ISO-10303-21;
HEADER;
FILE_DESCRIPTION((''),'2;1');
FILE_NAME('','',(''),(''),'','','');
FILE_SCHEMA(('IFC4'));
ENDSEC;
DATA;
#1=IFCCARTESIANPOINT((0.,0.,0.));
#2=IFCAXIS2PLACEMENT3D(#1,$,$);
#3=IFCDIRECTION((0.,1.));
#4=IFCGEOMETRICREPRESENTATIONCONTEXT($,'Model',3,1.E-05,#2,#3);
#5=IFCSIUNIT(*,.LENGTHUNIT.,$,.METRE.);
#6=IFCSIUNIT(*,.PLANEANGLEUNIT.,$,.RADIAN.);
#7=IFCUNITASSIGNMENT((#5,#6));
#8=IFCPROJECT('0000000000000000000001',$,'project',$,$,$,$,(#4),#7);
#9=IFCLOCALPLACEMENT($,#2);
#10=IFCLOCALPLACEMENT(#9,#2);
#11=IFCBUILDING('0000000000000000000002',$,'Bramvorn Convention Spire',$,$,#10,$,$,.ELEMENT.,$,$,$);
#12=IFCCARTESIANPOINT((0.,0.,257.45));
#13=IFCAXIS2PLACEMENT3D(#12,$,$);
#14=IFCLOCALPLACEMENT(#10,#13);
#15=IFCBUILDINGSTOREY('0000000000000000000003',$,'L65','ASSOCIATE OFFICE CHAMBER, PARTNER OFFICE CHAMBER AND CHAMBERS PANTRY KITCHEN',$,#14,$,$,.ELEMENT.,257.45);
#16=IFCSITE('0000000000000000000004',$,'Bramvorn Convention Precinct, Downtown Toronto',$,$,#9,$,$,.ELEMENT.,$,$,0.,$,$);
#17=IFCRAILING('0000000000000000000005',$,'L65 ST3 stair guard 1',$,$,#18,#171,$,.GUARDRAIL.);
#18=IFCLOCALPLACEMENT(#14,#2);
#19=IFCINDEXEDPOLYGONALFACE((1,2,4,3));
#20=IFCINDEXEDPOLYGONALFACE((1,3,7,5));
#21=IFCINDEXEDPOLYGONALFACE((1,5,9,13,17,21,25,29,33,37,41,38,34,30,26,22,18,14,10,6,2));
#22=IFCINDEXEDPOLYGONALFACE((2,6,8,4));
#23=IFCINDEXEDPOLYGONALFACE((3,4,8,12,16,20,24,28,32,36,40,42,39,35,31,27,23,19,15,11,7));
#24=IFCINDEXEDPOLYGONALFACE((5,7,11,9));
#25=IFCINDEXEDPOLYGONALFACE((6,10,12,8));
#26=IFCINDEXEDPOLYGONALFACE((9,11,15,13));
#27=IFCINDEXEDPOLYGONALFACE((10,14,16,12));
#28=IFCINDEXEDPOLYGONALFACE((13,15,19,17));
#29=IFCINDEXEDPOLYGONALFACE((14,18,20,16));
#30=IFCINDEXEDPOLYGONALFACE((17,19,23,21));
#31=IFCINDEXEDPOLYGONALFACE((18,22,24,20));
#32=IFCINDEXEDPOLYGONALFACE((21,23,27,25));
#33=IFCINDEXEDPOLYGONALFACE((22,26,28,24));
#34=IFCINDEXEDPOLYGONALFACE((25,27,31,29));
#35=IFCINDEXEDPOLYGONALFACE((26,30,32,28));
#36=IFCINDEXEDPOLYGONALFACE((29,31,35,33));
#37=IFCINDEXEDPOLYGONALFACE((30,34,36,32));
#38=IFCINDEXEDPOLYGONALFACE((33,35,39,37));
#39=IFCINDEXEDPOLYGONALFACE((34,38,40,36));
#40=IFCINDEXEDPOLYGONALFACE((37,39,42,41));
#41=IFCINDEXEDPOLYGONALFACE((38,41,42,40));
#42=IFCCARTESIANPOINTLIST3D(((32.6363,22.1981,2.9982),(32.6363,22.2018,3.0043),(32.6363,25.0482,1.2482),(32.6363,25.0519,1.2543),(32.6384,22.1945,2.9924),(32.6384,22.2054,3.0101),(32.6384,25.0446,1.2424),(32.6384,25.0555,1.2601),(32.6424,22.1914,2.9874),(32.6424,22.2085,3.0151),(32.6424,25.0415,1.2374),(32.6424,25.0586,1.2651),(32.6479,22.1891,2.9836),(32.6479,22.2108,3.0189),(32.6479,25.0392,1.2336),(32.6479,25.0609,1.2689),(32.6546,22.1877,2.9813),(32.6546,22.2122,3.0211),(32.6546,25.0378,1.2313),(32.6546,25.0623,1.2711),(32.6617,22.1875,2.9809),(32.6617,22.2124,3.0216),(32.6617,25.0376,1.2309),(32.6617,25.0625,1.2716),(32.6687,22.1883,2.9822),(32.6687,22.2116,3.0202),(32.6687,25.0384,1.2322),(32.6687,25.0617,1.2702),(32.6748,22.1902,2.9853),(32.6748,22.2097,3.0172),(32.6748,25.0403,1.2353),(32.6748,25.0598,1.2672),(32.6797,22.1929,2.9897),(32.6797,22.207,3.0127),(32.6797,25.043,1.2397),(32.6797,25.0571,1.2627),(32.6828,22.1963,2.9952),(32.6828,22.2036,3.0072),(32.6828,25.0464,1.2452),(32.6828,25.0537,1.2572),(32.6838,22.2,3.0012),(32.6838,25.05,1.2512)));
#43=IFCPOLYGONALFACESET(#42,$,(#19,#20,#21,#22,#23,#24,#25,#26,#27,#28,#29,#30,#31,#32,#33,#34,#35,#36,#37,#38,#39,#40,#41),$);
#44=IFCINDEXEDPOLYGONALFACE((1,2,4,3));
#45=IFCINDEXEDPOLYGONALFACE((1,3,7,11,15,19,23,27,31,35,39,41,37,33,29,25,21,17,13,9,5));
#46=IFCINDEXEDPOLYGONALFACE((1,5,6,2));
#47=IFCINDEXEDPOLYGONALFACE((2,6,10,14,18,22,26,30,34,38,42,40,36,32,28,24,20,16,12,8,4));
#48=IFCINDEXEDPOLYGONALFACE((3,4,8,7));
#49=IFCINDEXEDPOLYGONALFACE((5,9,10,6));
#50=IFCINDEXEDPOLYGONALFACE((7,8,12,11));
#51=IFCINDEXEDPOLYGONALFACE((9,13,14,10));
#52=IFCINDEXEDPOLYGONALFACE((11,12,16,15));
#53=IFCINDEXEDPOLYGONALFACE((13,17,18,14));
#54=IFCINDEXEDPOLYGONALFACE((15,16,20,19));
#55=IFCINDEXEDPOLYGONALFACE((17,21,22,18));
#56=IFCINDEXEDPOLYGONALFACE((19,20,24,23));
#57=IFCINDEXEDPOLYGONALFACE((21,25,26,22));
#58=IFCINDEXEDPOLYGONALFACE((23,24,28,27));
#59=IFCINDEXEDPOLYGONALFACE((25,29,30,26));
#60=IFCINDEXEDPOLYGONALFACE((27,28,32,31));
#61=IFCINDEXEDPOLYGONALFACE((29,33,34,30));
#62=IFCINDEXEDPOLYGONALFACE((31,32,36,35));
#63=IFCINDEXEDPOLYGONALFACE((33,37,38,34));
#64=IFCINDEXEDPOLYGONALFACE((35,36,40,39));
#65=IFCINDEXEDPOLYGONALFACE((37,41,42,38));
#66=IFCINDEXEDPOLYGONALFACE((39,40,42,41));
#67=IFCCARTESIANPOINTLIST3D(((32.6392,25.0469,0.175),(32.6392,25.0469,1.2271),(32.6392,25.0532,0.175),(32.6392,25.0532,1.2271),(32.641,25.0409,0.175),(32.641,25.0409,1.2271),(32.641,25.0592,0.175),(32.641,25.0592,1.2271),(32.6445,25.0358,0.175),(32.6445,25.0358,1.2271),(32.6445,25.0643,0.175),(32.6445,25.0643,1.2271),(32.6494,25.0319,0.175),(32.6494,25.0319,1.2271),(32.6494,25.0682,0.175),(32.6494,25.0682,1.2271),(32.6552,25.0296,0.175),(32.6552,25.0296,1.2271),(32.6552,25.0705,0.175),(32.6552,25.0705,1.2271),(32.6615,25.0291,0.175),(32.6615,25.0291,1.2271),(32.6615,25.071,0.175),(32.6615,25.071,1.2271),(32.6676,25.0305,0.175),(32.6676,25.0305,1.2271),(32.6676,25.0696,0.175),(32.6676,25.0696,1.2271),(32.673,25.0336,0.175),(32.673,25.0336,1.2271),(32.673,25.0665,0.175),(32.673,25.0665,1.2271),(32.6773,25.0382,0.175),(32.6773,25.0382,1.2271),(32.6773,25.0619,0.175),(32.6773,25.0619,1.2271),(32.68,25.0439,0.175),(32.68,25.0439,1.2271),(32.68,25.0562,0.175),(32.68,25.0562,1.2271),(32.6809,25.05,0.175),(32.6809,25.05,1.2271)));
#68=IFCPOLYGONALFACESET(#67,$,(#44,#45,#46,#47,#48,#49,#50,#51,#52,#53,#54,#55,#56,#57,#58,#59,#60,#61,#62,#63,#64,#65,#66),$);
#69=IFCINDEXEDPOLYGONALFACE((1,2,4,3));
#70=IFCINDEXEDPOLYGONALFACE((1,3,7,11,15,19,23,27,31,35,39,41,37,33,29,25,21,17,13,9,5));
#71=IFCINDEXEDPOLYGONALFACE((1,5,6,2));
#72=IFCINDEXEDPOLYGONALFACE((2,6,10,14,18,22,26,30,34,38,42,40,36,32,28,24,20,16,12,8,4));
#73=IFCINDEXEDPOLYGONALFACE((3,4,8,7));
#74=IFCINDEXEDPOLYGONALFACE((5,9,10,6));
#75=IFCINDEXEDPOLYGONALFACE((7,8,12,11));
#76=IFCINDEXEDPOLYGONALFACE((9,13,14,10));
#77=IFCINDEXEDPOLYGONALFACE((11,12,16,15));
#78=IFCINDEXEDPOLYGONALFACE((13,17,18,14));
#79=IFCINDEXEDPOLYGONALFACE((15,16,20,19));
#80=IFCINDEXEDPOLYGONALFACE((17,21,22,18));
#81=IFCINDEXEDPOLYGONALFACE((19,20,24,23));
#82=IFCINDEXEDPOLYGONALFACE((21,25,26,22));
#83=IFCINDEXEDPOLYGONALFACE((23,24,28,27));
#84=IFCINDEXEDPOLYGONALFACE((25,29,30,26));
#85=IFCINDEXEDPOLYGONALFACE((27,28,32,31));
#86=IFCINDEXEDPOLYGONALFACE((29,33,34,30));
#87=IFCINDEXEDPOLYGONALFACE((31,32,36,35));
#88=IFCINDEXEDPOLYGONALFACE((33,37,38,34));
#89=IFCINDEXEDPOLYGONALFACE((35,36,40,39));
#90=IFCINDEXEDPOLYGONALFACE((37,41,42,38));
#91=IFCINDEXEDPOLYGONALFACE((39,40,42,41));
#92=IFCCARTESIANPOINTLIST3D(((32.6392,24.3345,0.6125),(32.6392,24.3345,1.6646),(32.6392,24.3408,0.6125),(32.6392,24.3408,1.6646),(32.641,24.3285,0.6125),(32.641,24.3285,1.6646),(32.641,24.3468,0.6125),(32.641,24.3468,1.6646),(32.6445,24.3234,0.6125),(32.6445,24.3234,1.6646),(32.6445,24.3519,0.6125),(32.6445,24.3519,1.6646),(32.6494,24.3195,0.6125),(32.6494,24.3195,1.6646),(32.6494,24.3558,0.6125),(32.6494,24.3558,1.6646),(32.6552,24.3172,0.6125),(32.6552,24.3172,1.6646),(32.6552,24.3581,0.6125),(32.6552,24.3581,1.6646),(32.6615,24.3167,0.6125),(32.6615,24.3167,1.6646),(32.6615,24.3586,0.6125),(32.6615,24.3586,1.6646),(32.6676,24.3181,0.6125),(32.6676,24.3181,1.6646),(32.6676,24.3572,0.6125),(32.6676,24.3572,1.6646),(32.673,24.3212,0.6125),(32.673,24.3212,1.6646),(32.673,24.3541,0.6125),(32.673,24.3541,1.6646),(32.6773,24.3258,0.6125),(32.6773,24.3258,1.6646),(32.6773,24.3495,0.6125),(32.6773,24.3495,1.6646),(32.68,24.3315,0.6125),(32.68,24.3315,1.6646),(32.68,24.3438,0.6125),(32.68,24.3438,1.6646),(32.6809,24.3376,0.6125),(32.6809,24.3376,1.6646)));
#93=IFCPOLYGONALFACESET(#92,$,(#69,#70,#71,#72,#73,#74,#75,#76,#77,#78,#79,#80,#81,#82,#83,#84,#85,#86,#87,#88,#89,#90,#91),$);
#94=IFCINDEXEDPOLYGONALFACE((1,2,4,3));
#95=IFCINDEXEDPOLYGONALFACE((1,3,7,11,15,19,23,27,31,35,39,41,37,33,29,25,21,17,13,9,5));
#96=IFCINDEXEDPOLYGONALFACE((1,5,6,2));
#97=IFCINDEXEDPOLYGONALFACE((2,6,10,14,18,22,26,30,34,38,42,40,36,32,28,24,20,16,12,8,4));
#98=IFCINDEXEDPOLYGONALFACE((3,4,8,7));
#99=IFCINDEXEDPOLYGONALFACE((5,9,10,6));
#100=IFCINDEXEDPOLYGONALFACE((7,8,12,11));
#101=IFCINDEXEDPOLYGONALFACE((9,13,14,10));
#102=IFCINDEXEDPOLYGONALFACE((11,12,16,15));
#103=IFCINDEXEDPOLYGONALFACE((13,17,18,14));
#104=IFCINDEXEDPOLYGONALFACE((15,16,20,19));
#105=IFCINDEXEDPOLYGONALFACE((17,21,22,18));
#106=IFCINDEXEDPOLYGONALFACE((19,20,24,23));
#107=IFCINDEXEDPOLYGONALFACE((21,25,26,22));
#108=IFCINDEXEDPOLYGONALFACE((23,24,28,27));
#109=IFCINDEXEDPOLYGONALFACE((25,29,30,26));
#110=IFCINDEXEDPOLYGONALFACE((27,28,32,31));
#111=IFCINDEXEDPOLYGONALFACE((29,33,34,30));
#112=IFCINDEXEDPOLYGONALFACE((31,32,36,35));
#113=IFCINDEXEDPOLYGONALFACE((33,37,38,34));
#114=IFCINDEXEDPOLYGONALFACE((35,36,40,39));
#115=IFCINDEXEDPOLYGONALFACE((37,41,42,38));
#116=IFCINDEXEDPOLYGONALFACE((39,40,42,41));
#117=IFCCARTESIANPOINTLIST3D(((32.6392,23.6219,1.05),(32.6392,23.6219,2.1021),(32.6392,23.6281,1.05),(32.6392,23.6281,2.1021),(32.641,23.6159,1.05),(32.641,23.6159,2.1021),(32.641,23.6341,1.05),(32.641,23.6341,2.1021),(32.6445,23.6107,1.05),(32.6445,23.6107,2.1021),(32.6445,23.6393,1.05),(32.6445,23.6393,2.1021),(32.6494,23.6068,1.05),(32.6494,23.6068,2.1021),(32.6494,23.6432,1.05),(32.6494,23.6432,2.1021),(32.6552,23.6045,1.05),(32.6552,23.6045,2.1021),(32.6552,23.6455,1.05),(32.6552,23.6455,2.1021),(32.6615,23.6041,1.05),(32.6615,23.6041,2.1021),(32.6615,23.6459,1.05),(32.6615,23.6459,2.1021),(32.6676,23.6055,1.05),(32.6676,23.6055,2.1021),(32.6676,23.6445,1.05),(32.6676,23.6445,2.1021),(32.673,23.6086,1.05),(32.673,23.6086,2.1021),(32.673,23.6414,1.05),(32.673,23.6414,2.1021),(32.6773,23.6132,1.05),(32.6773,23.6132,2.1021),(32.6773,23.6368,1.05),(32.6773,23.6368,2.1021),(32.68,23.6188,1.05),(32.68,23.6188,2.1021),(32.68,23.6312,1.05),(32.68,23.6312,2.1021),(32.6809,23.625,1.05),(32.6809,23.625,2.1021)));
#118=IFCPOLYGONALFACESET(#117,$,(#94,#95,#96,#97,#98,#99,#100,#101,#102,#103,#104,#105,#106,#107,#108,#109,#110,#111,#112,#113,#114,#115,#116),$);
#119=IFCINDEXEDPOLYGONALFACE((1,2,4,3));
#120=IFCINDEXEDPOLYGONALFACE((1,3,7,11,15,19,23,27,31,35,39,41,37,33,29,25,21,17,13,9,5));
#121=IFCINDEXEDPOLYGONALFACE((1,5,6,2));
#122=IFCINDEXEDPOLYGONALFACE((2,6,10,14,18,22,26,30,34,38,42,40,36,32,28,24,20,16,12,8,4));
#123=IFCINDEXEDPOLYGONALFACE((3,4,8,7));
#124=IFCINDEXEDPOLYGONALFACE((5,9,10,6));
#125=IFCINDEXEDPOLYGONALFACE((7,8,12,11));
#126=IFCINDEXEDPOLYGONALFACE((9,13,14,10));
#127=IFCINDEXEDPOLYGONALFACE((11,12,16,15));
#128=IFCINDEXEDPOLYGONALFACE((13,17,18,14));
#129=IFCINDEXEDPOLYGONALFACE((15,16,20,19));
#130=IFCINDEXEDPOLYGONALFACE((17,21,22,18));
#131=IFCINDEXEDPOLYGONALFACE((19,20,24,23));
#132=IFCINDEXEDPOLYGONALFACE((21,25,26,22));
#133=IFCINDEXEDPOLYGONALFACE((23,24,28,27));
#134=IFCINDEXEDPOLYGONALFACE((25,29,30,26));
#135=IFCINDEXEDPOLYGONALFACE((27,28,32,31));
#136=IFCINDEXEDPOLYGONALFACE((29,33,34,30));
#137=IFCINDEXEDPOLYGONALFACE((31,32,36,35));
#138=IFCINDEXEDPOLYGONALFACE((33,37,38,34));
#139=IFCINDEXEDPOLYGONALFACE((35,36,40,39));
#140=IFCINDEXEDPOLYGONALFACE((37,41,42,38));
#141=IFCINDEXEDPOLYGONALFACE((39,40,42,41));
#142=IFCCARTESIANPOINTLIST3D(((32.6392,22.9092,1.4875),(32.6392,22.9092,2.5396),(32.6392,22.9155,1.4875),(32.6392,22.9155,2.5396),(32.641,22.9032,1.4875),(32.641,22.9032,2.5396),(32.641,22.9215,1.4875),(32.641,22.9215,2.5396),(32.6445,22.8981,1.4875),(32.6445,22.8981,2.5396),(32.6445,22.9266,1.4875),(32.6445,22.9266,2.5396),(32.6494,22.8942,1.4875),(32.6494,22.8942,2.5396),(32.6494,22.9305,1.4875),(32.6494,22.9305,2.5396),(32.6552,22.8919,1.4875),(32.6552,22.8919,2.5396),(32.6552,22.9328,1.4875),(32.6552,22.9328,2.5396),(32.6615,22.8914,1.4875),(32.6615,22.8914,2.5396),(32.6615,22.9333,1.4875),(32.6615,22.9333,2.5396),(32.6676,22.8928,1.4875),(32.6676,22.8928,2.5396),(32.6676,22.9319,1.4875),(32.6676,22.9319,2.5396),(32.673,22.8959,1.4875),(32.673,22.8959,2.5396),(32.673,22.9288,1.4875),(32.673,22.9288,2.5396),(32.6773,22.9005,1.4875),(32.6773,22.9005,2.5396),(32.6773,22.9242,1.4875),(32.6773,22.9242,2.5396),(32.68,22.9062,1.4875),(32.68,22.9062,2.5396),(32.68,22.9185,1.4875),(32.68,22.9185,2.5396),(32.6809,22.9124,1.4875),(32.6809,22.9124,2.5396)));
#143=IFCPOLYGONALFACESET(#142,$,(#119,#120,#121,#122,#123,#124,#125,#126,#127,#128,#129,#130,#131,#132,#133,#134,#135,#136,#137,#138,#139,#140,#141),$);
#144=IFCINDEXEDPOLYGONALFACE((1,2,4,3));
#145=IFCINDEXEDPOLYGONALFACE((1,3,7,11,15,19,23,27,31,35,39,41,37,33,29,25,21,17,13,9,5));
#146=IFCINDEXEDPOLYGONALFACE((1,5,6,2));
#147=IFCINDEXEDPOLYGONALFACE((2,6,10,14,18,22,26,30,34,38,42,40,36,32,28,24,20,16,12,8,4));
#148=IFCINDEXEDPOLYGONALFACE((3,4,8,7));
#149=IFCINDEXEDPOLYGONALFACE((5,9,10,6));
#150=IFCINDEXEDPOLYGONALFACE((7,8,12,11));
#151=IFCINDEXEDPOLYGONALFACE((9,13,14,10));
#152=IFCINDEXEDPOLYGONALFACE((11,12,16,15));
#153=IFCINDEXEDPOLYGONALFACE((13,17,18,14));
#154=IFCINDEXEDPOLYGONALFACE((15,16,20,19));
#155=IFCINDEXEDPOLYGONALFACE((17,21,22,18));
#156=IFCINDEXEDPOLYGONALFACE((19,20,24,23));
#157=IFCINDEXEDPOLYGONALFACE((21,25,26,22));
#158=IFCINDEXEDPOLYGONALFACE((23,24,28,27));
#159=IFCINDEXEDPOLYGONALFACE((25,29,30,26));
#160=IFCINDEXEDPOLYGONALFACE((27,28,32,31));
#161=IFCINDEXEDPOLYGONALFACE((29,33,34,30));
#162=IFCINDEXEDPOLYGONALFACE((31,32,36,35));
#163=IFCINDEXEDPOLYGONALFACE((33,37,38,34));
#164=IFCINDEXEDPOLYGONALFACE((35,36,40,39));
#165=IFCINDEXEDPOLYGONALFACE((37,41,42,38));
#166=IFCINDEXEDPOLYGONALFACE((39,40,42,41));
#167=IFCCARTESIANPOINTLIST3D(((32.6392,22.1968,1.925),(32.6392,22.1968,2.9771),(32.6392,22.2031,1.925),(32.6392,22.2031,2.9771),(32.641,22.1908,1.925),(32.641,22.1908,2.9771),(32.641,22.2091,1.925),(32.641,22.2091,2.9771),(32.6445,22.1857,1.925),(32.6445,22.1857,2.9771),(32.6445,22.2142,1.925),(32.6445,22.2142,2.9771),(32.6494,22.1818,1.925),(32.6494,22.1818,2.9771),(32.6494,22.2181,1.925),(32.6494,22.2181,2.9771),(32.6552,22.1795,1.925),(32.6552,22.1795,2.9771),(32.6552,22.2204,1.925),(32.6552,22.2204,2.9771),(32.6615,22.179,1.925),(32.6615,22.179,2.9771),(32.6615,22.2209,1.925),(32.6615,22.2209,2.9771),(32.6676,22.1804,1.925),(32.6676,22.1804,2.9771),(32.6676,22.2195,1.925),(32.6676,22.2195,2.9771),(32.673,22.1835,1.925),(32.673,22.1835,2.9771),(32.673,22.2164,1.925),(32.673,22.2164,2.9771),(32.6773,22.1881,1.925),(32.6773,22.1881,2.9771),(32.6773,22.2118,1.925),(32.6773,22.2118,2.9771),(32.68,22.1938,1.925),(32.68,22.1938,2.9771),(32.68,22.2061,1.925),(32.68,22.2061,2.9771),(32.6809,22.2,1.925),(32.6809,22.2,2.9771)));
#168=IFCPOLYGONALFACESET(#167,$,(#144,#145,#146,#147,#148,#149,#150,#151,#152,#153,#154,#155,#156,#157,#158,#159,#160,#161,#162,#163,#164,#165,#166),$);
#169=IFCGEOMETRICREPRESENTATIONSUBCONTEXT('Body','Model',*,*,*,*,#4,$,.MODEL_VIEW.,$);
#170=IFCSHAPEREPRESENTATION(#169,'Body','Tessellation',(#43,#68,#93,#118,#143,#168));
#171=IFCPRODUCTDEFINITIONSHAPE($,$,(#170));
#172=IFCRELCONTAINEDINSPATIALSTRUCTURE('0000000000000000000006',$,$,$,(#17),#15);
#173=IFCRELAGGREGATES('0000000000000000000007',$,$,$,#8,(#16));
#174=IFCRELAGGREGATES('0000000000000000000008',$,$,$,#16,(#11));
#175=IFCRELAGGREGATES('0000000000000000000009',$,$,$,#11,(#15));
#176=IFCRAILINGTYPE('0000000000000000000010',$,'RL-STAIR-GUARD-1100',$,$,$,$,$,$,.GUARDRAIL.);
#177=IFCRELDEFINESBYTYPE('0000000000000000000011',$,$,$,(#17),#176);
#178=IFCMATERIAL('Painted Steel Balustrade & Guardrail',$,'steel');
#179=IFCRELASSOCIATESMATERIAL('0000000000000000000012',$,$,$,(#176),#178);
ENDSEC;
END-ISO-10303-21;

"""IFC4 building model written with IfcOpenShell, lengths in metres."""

from ifc_helpers import new_model, si_unit, direction, frame, origin, origin_2d, place, context, subcontext, project, spatial, circle, extrude, material, type_object, element, save


model = new_model("IFC4")

# Units and contexts
model_context = context("Model", 3, precision=1e-05, world=origin(), true_north=direction((0.0, 1.0)))
body_context = subcontext(model_context, "Body", "Model", "MODEL_VIEW")
ifc_project = project(units=[si_unit("LENGTHUNIT", "METRE"), si_unit("PLANEANGLEUNIT", "RADIAN")], contexts=[model_context])

# Site, building, storey
site_placement = place(None, origin())
site = spatial("IfcSite", under=ifc_project, at=site_placement, Name="Bramvorn Convention Precinct, Downtown Toronto", CompositionType="ELEMENT", RefElevation=0.0)
building_placement = place(site_placement, origin())
building = spatial("IfcBuilding", under=site, at=building_placement, Name="Bramvorn Convention Spire", CompositionType="ELEMENT")
storey_placement = place(building_placement, frame((0.0, 0.0, 257.45)))
storey = spatial("IfcBuildingStorey", under=building, at=storey_placement, Name="L65", Description="ASSOCIATE OFFICE CHAMBER, PARTNER OFFICE CHAMBER AND CHAMBERS PANTRY KITCHEN", CompositionType="ELEMENT", Elevation=257.45)

# Railing
ifc_material_1 = material(Name="Painted Steel Balustrade & Guardrail", Category="steel")
railing_type_1 = type_object("IfcRailingType", Name="RL-STAIR-GUARD-1100", PredefinedType="GUARDRAIL", material=ifc_material_1)
railing_1_placement = place(storey_placement, frame((32.6599, 25.05, 0.175)))
element("IfcRailing", 1, at=railing_1_placement, inside=storey, type_object=railing_type_1, Name="L65 ST3 stair guard 1", PredefinedType="GUARDRAIL", context=body_context, shape_type="SweptSolid", body=[
    extrude(circle(Radius=0.0239, at=origin_2d()), frame((0.0, 0.0, 1.0762), z_axis=(0.0, -0.852179, 0.52325), x_axis=(1.0, 0.0, 0.0)), (0.0, 0.0, 1.0), 3.3445),
    extrude(circle(Radius=0.021, at=origin_2d()), origin(), (0.0, 0.0, 1.0), 1.052),
    extrude(circle(Radius=0.021, at=origin_2d()), frame((0.0, -0.7124, 0.4375)), (0.0, 0.0, 1.0), 1.052),
    extrude(circle(Radius=0.021, at=origin_2d()), frame((0.0, -1.425, 0.875)), (0.0, 0.0, 1.0), 1.052),
    extrude(circle(Radius=0.021, at=origin_2d()), frame((0.0, -2.1377, 1.3125)), (0.0, 0.0, 1.0), 1.052),
    extrude(circle(Radius=0.021, at=origin_2d()), frame((0.0, -2.8501, 1.75)), (0.0, 0.0, 1.0), 1.052),
])

save(model, "model.ifc")
